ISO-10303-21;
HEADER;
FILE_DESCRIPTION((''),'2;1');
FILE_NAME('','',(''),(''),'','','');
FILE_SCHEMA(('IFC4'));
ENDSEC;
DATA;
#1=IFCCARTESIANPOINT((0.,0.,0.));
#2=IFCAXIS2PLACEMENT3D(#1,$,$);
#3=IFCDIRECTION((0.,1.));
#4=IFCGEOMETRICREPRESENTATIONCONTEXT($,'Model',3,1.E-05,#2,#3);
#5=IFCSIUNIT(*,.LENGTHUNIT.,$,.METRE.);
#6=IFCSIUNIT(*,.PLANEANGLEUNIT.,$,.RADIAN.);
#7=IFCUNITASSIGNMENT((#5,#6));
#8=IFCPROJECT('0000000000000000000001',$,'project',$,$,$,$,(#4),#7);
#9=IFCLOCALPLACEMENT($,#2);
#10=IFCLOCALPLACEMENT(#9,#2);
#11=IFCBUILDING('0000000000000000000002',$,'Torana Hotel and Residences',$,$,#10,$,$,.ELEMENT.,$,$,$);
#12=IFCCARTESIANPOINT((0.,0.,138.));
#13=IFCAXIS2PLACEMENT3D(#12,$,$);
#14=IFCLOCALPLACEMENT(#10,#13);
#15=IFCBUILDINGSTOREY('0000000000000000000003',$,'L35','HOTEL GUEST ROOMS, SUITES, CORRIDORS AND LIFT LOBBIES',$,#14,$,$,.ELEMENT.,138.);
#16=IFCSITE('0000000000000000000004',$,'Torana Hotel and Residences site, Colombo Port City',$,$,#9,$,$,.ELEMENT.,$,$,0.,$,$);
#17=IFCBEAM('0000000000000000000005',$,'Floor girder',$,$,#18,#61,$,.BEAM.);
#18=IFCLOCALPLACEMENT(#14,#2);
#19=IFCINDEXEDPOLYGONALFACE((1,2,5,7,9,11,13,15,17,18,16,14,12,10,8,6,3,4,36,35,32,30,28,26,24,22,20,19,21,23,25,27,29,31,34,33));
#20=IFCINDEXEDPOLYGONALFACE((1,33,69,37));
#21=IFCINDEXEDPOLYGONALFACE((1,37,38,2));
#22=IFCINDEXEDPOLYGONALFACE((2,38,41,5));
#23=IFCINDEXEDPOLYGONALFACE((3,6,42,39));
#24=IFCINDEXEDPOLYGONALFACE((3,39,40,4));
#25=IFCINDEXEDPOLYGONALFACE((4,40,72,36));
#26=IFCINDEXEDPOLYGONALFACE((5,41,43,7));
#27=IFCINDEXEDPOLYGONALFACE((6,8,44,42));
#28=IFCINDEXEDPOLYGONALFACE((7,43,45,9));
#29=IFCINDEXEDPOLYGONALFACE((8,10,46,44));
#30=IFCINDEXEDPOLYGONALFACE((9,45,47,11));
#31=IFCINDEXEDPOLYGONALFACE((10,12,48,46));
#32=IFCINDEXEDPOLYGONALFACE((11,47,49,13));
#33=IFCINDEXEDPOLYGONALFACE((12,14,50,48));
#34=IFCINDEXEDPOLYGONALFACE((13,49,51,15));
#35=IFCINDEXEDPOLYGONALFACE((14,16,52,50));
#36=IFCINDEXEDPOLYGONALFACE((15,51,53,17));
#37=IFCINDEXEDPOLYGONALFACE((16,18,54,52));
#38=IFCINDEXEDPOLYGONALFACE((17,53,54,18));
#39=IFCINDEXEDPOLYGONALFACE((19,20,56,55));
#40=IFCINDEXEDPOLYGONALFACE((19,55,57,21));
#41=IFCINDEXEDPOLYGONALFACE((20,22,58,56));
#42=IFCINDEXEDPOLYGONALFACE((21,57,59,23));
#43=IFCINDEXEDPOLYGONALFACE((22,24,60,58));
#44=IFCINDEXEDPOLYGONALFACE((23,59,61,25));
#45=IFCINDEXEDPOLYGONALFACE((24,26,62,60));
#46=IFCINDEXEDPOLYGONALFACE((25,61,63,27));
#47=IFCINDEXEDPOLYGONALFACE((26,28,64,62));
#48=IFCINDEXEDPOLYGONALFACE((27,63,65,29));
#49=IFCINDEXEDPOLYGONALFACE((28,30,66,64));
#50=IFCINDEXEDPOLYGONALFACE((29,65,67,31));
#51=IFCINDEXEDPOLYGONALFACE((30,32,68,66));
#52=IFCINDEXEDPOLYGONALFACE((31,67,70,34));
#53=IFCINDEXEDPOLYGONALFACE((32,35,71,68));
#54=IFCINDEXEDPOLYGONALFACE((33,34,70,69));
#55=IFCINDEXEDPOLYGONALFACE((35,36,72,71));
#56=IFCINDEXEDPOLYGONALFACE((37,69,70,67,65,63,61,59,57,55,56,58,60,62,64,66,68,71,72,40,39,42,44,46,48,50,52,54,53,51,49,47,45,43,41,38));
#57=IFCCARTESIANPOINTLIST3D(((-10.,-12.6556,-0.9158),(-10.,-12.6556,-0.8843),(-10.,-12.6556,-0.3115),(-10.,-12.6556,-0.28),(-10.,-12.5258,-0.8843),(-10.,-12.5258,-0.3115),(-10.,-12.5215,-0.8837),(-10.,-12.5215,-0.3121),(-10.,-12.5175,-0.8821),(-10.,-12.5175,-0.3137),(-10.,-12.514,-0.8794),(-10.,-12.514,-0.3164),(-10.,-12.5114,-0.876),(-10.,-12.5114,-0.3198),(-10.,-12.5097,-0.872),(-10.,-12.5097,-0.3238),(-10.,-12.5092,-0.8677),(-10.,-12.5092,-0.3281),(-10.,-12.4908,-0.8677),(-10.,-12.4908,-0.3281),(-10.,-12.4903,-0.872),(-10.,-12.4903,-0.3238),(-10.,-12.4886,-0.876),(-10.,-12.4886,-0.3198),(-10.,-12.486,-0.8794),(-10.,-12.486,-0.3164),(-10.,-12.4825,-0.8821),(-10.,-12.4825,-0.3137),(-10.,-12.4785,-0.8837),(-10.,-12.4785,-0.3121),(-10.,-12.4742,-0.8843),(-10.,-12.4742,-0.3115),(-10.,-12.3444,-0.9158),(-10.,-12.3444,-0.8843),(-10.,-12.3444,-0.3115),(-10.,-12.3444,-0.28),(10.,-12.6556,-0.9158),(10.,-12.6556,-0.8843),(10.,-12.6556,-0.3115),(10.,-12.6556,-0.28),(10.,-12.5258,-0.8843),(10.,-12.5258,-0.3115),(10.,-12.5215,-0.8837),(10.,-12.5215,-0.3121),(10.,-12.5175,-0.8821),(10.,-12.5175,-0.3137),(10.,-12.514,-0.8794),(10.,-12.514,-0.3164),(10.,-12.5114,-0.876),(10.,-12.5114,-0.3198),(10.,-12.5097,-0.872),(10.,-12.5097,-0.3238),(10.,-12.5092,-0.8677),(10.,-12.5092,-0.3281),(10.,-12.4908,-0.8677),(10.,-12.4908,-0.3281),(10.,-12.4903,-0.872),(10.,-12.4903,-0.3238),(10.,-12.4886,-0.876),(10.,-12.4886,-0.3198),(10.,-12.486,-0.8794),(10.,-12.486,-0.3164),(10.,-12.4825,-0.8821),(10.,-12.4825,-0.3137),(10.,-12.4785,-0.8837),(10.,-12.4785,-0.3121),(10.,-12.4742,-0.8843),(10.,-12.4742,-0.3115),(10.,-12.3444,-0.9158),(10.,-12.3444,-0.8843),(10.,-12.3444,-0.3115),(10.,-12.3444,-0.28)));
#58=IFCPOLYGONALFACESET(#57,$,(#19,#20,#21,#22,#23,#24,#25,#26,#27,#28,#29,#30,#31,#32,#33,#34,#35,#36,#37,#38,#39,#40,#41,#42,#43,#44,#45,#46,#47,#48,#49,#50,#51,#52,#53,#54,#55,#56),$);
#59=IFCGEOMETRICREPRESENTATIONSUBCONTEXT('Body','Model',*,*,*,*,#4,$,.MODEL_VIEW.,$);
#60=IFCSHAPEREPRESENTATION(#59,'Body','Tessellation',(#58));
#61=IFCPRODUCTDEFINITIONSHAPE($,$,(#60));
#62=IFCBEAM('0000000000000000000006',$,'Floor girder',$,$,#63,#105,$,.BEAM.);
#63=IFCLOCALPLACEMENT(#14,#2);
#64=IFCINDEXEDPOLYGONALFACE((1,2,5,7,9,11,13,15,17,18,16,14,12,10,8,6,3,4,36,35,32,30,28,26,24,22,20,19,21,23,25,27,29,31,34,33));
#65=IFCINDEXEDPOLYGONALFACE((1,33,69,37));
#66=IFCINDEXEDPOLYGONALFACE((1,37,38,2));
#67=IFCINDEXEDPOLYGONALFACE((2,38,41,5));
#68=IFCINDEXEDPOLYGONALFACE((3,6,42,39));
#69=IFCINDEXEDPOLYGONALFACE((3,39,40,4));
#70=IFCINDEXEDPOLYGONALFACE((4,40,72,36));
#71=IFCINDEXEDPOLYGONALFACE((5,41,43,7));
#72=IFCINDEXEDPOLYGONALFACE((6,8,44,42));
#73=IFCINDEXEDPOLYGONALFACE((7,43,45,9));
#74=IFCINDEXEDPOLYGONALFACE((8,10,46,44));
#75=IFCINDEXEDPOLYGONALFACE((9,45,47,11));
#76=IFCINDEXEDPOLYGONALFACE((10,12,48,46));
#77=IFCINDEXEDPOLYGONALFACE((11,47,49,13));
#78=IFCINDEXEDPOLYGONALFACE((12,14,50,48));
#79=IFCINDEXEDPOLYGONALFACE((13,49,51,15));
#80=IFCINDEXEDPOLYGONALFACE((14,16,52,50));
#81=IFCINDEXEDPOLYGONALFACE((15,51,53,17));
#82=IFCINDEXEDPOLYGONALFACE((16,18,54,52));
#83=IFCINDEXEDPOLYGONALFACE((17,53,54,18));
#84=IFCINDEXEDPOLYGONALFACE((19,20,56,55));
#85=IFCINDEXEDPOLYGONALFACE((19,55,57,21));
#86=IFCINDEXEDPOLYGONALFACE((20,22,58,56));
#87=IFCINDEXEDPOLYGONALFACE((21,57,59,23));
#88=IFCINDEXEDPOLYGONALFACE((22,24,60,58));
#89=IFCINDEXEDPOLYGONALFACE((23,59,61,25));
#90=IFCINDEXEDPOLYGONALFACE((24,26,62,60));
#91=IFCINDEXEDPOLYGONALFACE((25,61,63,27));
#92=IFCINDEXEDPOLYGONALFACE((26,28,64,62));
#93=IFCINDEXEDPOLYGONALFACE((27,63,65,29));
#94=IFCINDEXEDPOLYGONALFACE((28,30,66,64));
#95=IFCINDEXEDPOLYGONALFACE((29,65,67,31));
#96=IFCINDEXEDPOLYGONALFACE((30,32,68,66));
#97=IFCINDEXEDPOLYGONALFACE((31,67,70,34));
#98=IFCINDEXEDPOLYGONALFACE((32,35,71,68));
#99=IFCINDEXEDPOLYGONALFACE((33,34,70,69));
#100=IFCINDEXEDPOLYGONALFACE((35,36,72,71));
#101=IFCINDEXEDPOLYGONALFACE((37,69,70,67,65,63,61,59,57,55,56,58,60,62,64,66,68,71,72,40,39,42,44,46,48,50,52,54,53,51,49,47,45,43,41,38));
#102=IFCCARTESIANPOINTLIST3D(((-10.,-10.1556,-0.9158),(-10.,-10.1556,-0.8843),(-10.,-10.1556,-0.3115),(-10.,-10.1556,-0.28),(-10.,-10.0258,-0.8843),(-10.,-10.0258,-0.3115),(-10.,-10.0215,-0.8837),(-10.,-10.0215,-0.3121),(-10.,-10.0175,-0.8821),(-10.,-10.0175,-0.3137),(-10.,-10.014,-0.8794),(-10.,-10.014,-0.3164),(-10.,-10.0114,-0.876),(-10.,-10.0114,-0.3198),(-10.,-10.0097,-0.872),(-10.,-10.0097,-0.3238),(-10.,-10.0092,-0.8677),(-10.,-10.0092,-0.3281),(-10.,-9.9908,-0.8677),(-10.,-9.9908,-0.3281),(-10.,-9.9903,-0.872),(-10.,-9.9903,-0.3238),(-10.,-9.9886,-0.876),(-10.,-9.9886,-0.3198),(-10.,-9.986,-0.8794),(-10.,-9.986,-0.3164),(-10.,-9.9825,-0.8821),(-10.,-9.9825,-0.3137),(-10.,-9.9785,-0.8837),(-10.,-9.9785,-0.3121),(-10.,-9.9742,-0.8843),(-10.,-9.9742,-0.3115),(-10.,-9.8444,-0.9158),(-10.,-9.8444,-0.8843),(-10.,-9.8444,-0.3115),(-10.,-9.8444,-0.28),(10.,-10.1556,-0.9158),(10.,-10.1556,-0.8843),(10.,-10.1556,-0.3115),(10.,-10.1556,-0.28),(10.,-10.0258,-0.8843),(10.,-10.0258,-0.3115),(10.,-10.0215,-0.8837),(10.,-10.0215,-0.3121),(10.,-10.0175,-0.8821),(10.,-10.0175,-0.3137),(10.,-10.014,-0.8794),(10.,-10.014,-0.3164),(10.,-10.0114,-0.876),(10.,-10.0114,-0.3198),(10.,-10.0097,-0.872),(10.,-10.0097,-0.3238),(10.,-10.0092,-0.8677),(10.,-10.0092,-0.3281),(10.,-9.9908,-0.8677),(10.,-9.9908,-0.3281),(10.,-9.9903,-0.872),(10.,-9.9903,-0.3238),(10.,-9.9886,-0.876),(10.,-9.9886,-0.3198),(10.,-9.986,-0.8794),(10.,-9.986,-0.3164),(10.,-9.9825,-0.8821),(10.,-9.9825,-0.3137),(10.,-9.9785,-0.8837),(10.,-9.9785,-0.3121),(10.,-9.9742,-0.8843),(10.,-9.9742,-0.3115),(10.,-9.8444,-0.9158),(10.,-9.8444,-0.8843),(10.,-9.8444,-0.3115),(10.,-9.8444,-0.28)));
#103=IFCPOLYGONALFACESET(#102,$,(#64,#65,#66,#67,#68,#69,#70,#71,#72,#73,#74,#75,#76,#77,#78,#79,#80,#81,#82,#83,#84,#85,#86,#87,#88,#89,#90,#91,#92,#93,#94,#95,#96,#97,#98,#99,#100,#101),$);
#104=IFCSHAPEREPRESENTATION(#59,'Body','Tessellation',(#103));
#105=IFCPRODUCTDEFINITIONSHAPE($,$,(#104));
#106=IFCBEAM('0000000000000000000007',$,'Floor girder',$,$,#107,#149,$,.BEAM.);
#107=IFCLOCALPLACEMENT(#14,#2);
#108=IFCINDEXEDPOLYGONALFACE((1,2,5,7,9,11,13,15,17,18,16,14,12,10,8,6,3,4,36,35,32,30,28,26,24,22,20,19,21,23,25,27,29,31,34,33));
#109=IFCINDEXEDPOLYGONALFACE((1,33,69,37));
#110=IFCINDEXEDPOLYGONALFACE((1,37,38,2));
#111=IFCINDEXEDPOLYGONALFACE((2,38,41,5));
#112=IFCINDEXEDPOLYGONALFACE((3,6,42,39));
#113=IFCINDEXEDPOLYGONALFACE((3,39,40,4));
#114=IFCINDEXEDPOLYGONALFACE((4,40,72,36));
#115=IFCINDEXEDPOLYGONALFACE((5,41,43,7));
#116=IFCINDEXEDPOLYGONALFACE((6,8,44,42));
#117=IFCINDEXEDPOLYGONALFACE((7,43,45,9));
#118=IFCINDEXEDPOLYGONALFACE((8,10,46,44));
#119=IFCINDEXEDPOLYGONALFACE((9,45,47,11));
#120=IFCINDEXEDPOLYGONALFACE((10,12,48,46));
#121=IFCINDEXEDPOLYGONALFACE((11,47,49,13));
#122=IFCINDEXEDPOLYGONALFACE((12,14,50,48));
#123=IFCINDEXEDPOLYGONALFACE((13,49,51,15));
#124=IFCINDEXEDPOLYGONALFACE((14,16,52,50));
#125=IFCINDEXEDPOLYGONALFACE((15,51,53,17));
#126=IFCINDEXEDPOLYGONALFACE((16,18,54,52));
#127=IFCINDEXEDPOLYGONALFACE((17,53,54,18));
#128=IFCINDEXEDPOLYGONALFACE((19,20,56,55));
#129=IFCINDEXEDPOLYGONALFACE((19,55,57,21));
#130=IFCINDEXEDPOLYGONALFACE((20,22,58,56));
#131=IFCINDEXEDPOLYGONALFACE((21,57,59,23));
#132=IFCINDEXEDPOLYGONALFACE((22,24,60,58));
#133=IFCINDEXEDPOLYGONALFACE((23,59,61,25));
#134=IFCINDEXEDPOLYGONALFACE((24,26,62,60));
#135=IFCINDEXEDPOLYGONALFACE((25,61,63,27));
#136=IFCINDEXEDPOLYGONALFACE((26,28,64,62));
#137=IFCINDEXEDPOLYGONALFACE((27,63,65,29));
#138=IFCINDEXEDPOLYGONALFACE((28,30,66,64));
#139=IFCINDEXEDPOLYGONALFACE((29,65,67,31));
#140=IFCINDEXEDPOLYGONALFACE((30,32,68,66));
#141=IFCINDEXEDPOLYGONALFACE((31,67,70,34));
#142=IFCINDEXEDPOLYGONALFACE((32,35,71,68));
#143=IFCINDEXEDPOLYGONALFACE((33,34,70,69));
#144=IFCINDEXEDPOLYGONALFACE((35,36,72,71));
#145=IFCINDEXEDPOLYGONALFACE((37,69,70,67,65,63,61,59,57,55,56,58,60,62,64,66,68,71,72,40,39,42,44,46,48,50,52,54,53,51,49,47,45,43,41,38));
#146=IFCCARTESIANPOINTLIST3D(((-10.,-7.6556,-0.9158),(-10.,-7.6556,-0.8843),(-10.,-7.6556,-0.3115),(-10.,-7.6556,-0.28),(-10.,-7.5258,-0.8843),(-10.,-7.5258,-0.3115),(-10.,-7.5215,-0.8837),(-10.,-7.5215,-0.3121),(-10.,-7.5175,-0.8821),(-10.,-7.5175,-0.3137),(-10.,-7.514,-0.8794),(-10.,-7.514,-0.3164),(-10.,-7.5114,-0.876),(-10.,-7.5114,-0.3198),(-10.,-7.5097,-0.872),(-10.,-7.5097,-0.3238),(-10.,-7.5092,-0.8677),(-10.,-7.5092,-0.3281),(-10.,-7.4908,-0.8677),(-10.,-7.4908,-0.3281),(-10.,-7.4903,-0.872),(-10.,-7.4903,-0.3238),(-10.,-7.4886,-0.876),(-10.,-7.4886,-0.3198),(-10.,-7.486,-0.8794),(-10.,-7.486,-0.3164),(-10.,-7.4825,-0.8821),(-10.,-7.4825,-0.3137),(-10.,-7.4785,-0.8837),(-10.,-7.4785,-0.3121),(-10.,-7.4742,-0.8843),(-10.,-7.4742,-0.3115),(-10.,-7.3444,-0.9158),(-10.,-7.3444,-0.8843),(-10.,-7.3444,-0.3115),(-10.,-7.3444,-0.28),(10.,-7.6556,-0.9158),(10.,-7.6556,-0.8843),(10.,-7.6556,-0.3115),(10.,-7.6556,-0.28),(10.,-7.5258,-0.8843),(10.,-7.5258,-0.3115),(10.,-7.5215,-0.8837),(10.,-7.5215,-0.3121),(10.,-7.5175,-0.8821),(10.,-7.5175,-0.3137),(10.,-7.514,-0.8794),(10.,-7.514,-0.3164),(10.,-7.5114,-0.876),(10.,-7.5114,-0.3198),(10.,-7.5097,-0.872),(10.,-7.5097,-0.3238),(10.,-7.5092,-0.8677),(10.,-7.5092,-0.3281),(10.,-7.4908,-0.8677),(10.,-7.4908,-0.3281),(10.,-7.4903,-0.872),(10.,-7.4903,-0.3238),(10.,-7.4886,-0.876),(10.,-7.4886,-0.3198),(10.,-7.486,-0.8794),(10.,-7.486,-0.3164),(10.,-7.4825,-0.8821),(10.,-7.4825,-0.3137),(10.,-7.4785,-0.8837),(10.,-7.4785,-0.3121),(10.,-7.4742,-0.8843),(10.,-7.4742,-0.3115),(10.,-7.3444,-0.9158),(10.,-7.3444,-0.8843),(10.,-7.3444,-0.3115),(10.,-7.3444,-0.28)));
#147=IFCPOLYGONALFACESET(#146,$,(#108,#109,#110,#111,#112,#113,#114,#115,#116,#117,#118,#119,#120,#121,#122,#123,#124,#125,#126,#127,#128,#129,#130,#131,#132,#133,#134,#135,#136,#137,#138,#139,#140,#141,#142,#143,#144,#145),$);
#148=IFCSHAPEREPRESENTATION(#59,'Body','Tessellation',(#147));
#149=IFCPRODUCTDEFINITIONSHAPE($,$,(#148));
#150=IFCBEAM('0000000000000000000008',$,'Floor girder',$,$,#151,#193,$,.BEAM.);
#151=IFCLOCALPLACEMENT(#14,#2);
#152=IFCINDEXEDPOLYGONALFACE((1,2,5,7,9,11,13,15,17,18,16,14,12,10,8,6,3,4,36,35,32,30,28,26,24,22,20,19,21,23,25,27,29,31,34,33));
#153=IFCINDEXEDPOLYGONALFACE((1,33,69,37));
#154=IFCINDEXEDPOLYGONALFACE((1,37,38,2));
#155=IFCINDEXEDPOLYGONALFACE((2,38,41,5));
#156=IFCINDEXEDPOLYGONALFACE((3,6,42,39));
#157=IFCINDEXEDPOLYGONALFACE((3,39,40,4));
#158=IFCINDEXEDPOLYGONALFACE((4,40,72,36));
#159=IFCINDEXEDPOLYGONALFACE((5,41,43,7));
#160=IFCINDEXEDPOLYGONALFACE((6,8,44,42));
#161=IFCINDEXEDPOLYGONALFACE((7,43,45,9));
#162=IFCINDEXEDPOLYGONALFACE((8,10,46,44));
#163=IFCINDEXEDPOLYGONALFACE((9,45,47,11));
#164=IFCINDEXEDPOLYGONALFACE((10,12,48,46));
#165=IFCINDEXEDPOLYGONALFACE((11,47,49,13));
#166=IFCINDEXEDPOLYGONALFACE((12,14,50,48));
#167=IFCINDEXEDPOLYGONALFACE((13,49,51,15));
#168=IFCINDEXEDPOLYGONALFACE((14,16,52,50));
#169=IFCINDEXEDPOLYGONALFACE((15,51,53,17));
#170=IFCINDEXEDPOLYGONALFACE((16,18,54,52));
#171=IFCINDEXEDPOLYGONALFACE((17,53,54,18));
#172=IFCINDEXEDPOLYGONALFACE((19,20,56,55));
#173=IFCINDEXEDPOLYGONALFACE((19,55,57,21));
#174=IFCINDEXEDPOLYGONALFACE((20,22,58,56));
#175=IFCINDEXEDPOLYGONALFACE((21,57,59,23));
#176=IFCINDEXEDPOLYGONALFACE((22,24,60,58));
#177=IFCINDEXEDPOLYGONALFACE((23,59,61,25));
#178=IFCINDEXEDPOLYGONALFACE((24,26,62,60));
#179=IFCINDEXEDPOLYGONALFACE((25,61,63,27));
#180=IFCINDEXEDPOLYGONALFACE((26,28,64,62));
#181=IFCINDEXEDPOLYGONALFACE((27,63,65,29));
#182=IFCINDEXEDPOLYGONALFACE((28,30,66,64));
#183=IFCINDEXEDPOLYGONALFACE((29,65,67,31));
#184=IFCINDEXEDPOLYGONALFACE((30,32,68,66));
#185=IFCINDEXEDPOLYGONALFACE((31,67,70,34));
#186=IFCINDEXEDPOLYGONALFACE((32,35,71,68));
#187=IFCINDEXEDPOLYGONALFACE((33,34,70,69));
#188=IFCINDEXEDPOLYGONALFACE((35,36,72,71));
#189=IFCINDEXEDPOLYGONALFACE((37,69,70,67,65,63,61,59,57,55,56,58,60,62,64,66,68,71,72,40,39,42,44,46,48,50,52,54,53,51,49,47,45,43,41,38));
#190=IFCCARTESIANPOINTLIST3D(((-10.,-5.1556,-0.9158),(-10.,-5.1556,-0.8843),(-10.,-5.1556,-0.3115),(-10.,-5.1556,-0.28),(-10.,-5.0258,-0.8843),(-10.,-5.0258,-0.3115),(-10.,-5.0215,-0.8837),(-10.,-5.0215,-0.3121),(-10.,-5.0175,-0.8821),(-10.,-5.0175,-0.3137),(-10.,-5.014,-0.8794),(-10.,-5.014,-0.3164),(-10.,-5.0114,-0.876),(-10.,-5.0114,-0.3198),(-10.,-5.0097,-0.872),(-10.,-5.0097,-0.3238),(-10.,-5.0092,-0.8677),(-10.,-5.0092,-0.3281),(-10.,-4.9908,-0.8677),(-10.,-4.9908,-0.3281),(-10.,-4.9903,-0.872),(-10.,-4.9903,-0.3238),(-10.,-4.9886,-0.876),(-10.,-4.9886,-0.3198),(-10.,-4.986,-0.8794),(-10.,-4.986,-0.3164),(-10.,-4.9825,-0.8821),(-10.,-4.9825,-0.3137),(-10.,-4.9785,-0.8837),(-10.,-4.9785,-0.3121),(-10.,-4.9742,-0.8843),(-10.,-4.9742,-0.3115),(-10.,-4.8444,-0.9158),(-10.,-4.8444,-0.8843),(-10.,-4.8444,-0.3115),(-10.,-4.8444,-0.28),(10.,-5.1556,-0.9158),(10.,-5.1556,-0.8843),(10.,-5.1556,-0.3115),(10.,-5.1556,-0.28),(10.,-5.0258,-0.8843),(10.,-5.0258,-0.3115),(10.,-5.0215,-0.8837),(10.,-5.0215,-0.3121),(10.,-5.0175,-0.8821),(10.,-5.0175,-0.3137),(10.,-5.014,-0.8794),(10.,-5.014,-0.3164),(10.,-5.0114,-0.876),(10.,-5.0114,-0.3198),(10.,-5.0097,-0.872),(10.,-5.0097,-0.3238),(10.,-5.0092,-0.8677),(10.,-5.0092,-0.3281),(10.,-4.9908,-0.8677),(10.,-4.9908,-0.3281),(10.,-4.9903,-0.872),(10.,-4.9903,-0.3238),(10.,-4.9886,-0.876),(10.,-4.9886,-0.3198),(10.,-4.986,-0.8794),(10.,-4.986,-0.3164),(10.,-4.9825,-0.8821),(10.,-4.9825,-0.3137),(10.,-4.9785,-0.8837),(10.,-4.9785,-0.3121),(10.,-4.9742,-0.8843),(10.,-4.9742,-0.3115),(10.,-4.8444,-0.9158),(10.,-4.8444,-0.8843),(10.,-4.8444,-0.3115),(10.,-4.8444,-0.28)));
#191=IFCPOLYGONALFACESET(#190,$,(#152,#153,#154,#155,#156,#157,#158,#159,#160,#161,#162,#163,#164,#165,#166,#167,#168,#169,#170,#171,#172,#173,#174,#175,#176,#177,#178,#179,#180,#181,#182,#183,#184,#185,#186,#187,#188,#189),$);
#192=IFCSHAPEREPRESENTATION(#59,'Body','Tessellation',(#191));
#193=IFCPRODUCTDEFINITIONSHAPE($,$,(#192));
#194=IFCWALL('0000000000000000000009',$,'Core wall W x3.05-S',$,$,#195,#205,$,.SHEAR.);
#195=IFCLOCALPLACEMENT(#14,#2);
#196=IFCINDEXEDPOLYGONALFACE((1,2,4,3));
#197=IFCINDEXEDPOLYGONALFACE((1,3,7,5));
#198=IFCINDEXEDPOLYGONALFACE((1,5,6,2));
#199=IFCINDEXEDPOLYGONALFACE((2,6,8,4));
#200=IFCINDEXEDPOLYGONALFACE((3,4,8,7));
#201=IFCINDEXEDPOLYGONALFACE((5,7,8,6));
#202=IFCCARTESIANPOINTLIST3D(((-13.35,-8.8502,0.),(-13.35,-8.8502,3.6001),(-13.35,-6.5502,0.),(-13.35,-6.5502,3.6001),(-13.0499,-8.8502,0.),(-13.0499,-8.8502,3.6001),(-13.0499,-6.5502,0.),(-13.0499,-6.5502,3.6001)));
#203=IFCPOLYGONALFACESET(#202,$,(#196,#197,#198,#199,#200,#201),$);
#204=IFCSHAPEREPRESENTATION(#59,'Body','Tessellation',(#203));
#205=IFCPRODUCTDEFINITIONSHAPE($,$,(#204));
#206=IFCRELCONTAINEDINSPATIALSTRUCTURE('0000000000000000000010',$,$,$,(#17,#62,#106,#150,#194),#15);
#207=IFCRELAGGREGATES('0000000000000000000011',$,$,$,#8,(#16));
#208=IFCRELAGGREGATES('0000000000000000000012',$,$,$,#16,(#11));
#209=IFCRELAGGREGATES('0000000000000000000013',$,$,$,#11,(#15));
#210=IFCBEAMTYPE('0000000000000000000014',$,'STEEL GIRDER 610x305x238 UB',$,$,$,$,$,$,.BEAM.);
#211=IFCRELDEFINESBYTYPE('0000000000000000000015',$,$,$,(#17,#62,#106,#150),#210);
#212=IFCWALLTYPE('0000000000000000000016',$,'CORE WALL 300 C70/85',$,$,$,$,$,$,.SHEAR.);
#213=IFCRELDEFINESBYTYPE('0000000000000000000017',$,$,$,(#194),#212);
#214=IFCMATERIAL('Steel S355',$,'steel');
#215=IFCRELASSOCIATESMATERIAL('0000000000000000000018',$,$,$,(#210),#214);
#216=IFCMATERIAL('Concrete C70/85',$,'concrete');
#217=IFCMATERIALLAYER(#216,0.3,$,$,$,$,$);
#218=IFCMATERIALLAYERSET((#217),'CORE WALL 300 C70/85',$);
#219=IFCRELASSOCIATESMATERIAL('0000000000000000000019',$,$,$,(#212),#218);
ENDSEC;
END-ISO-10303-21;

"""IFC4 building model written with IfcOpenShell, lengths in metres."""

from ifc_helpers import new_model, si_unit, direction, frame, frame_2d, origin, origin_2d, place, context, subcontext, project, spatial, rectangle, i_section, extrude, material, layer, layer_set, material_profile, profile_set, type_object, element, save


model = new_model("IFC4")

# Units and contexts
model_context = context("Model", 3, precision=1e-05, world=origin(), true_north=direction((0.0, 1.0)))
body_context = subcontext(model_context, "Body", "Model", "MODEL_VIEW")
ifc_project = project(units=[si_unit("LENGTHUNIT", "METRE"), si_unit("PLANEANGLEUNIT", "RADIAN")], contexts=[model_context])

# Site, building, storey
site_placement = place(None, origin())
site = spatial("IfcSite", under=ifc_project, at=site_placement, Name="Torana Hotel and Residences site, Colombo Port City", CompositionType="ELEMENT", RefElevation=0.0)
building_placement = place(site_placement, origin())
building = spatial("IfcBuilding", under=site, at=building_placement, Name="Torana Hotel and Residences", CompositionType="ELEMENT")
storey_placement = place(building_placement, frame((0.0, 0.0, 138.0)))
storey = spatial("IfcBuildingStorey", under=building, at=storey_placement, Name="L35", Description="HOTEL GUEST ROOMS, SUITES, CORRIDORS AND LIFT LOBBIES", CompositionType="ELEMENT", Elevation=138.0)

# Beams
ifc_material_1 = material(Name="Steel S355", Category="steel")
ifc_material_profile = material_profile(ifc_material_1, i_section(OverallWidth=0.3113, OverallDepth=0.6357, WebThickness=0.0183, FlangeThickness=0.0315, FilletRadius=0.0166, at=origin_2d()), Name="610x305x238 UB")
ifc_profile_set = profile_set([ifc_material_profile], Name="Steel S355")
beam_type = type_object("IfcBeamType", Name="STEEL GIRDER 610x305x238 UB", PredefinedType="BEAM", material=ifc_profile_set)
for number, where, z_axis, x_axis, name in (
    (1, (-10.0, -12.5, -0.5979), (1.0, 0.0, 0.0), (0.0, 1.0, 0.0), "Floor girder"),
    (2, (-10.0, -10.0, -0.5979), (1.0, 0.0, 0.0), (0.0, 1.0, 0.0), "Floor girder"),
    (3, (-10.0, -7.5, -0.5979), (1.0, 0.0, 0.0), (0.0, 1.0, 0.0), "Floor girder"),
    (4, (-10.0, -5.0, -0.5979), (1.0, 0.0, 0.0), (0.0, 1.0, 0.0), "Floor girder"),
):
    element("IfcBeam", number, at=place(storey_placement, frame(where, z_axis=z_axis, x_axis=x_axis)), inside=storey, type_object=beam_type, Name=name, PredefinedType="BEAM", context=body_context, shape_type="SweptSolid", body=[
        extrude(i_section(OverallWidth=0.3113, OverallDepth=0.6357, WebThickness=0.0183, FlangeThickness=0.0315, FilletRadius=0.0166, at=origin_2d()), origin(), (0.0, 0.0, 1.0), 20.0),
    ])

# Wall
ifc_material_2 = material(Name="Concrete C70/85", Category="concrete")
ifc_layer_1 = layer(ifc_material_2, 0.3)
ifc_layer_set_1 = layer_set([ifc_layer_1], Name="CORE WALL 300 C70/85")
wall_type_1 = type_object("IfcWallType", Name="CORE WALL 300 C70/85", PredefinedType="SHEAR", material=ifc_layer_set_1)
wall_1_placement = place(storey_placement, frame((-13.2, -8.8501, 0.0), z_axis=(0.0, 0.0, 1.0), x_axis=(0.0, 1.0, 0.0)))
element("IfcWall", 5, at=wall_1_placement, inside=storey, type_object=wall_type_1, Name="Core wall W x3.05-S", PredefinedType="SHEAR", context=body_context, shape_type="SweptSolid", body=[
    extrude(rectangle(XDim=2.3, YDim=0.3, at=frame_2d((1.1499, 0.0))), origin(), (0.0, 0.0, 1.0), 3.6001),
])

save(model, "model.ifc")
